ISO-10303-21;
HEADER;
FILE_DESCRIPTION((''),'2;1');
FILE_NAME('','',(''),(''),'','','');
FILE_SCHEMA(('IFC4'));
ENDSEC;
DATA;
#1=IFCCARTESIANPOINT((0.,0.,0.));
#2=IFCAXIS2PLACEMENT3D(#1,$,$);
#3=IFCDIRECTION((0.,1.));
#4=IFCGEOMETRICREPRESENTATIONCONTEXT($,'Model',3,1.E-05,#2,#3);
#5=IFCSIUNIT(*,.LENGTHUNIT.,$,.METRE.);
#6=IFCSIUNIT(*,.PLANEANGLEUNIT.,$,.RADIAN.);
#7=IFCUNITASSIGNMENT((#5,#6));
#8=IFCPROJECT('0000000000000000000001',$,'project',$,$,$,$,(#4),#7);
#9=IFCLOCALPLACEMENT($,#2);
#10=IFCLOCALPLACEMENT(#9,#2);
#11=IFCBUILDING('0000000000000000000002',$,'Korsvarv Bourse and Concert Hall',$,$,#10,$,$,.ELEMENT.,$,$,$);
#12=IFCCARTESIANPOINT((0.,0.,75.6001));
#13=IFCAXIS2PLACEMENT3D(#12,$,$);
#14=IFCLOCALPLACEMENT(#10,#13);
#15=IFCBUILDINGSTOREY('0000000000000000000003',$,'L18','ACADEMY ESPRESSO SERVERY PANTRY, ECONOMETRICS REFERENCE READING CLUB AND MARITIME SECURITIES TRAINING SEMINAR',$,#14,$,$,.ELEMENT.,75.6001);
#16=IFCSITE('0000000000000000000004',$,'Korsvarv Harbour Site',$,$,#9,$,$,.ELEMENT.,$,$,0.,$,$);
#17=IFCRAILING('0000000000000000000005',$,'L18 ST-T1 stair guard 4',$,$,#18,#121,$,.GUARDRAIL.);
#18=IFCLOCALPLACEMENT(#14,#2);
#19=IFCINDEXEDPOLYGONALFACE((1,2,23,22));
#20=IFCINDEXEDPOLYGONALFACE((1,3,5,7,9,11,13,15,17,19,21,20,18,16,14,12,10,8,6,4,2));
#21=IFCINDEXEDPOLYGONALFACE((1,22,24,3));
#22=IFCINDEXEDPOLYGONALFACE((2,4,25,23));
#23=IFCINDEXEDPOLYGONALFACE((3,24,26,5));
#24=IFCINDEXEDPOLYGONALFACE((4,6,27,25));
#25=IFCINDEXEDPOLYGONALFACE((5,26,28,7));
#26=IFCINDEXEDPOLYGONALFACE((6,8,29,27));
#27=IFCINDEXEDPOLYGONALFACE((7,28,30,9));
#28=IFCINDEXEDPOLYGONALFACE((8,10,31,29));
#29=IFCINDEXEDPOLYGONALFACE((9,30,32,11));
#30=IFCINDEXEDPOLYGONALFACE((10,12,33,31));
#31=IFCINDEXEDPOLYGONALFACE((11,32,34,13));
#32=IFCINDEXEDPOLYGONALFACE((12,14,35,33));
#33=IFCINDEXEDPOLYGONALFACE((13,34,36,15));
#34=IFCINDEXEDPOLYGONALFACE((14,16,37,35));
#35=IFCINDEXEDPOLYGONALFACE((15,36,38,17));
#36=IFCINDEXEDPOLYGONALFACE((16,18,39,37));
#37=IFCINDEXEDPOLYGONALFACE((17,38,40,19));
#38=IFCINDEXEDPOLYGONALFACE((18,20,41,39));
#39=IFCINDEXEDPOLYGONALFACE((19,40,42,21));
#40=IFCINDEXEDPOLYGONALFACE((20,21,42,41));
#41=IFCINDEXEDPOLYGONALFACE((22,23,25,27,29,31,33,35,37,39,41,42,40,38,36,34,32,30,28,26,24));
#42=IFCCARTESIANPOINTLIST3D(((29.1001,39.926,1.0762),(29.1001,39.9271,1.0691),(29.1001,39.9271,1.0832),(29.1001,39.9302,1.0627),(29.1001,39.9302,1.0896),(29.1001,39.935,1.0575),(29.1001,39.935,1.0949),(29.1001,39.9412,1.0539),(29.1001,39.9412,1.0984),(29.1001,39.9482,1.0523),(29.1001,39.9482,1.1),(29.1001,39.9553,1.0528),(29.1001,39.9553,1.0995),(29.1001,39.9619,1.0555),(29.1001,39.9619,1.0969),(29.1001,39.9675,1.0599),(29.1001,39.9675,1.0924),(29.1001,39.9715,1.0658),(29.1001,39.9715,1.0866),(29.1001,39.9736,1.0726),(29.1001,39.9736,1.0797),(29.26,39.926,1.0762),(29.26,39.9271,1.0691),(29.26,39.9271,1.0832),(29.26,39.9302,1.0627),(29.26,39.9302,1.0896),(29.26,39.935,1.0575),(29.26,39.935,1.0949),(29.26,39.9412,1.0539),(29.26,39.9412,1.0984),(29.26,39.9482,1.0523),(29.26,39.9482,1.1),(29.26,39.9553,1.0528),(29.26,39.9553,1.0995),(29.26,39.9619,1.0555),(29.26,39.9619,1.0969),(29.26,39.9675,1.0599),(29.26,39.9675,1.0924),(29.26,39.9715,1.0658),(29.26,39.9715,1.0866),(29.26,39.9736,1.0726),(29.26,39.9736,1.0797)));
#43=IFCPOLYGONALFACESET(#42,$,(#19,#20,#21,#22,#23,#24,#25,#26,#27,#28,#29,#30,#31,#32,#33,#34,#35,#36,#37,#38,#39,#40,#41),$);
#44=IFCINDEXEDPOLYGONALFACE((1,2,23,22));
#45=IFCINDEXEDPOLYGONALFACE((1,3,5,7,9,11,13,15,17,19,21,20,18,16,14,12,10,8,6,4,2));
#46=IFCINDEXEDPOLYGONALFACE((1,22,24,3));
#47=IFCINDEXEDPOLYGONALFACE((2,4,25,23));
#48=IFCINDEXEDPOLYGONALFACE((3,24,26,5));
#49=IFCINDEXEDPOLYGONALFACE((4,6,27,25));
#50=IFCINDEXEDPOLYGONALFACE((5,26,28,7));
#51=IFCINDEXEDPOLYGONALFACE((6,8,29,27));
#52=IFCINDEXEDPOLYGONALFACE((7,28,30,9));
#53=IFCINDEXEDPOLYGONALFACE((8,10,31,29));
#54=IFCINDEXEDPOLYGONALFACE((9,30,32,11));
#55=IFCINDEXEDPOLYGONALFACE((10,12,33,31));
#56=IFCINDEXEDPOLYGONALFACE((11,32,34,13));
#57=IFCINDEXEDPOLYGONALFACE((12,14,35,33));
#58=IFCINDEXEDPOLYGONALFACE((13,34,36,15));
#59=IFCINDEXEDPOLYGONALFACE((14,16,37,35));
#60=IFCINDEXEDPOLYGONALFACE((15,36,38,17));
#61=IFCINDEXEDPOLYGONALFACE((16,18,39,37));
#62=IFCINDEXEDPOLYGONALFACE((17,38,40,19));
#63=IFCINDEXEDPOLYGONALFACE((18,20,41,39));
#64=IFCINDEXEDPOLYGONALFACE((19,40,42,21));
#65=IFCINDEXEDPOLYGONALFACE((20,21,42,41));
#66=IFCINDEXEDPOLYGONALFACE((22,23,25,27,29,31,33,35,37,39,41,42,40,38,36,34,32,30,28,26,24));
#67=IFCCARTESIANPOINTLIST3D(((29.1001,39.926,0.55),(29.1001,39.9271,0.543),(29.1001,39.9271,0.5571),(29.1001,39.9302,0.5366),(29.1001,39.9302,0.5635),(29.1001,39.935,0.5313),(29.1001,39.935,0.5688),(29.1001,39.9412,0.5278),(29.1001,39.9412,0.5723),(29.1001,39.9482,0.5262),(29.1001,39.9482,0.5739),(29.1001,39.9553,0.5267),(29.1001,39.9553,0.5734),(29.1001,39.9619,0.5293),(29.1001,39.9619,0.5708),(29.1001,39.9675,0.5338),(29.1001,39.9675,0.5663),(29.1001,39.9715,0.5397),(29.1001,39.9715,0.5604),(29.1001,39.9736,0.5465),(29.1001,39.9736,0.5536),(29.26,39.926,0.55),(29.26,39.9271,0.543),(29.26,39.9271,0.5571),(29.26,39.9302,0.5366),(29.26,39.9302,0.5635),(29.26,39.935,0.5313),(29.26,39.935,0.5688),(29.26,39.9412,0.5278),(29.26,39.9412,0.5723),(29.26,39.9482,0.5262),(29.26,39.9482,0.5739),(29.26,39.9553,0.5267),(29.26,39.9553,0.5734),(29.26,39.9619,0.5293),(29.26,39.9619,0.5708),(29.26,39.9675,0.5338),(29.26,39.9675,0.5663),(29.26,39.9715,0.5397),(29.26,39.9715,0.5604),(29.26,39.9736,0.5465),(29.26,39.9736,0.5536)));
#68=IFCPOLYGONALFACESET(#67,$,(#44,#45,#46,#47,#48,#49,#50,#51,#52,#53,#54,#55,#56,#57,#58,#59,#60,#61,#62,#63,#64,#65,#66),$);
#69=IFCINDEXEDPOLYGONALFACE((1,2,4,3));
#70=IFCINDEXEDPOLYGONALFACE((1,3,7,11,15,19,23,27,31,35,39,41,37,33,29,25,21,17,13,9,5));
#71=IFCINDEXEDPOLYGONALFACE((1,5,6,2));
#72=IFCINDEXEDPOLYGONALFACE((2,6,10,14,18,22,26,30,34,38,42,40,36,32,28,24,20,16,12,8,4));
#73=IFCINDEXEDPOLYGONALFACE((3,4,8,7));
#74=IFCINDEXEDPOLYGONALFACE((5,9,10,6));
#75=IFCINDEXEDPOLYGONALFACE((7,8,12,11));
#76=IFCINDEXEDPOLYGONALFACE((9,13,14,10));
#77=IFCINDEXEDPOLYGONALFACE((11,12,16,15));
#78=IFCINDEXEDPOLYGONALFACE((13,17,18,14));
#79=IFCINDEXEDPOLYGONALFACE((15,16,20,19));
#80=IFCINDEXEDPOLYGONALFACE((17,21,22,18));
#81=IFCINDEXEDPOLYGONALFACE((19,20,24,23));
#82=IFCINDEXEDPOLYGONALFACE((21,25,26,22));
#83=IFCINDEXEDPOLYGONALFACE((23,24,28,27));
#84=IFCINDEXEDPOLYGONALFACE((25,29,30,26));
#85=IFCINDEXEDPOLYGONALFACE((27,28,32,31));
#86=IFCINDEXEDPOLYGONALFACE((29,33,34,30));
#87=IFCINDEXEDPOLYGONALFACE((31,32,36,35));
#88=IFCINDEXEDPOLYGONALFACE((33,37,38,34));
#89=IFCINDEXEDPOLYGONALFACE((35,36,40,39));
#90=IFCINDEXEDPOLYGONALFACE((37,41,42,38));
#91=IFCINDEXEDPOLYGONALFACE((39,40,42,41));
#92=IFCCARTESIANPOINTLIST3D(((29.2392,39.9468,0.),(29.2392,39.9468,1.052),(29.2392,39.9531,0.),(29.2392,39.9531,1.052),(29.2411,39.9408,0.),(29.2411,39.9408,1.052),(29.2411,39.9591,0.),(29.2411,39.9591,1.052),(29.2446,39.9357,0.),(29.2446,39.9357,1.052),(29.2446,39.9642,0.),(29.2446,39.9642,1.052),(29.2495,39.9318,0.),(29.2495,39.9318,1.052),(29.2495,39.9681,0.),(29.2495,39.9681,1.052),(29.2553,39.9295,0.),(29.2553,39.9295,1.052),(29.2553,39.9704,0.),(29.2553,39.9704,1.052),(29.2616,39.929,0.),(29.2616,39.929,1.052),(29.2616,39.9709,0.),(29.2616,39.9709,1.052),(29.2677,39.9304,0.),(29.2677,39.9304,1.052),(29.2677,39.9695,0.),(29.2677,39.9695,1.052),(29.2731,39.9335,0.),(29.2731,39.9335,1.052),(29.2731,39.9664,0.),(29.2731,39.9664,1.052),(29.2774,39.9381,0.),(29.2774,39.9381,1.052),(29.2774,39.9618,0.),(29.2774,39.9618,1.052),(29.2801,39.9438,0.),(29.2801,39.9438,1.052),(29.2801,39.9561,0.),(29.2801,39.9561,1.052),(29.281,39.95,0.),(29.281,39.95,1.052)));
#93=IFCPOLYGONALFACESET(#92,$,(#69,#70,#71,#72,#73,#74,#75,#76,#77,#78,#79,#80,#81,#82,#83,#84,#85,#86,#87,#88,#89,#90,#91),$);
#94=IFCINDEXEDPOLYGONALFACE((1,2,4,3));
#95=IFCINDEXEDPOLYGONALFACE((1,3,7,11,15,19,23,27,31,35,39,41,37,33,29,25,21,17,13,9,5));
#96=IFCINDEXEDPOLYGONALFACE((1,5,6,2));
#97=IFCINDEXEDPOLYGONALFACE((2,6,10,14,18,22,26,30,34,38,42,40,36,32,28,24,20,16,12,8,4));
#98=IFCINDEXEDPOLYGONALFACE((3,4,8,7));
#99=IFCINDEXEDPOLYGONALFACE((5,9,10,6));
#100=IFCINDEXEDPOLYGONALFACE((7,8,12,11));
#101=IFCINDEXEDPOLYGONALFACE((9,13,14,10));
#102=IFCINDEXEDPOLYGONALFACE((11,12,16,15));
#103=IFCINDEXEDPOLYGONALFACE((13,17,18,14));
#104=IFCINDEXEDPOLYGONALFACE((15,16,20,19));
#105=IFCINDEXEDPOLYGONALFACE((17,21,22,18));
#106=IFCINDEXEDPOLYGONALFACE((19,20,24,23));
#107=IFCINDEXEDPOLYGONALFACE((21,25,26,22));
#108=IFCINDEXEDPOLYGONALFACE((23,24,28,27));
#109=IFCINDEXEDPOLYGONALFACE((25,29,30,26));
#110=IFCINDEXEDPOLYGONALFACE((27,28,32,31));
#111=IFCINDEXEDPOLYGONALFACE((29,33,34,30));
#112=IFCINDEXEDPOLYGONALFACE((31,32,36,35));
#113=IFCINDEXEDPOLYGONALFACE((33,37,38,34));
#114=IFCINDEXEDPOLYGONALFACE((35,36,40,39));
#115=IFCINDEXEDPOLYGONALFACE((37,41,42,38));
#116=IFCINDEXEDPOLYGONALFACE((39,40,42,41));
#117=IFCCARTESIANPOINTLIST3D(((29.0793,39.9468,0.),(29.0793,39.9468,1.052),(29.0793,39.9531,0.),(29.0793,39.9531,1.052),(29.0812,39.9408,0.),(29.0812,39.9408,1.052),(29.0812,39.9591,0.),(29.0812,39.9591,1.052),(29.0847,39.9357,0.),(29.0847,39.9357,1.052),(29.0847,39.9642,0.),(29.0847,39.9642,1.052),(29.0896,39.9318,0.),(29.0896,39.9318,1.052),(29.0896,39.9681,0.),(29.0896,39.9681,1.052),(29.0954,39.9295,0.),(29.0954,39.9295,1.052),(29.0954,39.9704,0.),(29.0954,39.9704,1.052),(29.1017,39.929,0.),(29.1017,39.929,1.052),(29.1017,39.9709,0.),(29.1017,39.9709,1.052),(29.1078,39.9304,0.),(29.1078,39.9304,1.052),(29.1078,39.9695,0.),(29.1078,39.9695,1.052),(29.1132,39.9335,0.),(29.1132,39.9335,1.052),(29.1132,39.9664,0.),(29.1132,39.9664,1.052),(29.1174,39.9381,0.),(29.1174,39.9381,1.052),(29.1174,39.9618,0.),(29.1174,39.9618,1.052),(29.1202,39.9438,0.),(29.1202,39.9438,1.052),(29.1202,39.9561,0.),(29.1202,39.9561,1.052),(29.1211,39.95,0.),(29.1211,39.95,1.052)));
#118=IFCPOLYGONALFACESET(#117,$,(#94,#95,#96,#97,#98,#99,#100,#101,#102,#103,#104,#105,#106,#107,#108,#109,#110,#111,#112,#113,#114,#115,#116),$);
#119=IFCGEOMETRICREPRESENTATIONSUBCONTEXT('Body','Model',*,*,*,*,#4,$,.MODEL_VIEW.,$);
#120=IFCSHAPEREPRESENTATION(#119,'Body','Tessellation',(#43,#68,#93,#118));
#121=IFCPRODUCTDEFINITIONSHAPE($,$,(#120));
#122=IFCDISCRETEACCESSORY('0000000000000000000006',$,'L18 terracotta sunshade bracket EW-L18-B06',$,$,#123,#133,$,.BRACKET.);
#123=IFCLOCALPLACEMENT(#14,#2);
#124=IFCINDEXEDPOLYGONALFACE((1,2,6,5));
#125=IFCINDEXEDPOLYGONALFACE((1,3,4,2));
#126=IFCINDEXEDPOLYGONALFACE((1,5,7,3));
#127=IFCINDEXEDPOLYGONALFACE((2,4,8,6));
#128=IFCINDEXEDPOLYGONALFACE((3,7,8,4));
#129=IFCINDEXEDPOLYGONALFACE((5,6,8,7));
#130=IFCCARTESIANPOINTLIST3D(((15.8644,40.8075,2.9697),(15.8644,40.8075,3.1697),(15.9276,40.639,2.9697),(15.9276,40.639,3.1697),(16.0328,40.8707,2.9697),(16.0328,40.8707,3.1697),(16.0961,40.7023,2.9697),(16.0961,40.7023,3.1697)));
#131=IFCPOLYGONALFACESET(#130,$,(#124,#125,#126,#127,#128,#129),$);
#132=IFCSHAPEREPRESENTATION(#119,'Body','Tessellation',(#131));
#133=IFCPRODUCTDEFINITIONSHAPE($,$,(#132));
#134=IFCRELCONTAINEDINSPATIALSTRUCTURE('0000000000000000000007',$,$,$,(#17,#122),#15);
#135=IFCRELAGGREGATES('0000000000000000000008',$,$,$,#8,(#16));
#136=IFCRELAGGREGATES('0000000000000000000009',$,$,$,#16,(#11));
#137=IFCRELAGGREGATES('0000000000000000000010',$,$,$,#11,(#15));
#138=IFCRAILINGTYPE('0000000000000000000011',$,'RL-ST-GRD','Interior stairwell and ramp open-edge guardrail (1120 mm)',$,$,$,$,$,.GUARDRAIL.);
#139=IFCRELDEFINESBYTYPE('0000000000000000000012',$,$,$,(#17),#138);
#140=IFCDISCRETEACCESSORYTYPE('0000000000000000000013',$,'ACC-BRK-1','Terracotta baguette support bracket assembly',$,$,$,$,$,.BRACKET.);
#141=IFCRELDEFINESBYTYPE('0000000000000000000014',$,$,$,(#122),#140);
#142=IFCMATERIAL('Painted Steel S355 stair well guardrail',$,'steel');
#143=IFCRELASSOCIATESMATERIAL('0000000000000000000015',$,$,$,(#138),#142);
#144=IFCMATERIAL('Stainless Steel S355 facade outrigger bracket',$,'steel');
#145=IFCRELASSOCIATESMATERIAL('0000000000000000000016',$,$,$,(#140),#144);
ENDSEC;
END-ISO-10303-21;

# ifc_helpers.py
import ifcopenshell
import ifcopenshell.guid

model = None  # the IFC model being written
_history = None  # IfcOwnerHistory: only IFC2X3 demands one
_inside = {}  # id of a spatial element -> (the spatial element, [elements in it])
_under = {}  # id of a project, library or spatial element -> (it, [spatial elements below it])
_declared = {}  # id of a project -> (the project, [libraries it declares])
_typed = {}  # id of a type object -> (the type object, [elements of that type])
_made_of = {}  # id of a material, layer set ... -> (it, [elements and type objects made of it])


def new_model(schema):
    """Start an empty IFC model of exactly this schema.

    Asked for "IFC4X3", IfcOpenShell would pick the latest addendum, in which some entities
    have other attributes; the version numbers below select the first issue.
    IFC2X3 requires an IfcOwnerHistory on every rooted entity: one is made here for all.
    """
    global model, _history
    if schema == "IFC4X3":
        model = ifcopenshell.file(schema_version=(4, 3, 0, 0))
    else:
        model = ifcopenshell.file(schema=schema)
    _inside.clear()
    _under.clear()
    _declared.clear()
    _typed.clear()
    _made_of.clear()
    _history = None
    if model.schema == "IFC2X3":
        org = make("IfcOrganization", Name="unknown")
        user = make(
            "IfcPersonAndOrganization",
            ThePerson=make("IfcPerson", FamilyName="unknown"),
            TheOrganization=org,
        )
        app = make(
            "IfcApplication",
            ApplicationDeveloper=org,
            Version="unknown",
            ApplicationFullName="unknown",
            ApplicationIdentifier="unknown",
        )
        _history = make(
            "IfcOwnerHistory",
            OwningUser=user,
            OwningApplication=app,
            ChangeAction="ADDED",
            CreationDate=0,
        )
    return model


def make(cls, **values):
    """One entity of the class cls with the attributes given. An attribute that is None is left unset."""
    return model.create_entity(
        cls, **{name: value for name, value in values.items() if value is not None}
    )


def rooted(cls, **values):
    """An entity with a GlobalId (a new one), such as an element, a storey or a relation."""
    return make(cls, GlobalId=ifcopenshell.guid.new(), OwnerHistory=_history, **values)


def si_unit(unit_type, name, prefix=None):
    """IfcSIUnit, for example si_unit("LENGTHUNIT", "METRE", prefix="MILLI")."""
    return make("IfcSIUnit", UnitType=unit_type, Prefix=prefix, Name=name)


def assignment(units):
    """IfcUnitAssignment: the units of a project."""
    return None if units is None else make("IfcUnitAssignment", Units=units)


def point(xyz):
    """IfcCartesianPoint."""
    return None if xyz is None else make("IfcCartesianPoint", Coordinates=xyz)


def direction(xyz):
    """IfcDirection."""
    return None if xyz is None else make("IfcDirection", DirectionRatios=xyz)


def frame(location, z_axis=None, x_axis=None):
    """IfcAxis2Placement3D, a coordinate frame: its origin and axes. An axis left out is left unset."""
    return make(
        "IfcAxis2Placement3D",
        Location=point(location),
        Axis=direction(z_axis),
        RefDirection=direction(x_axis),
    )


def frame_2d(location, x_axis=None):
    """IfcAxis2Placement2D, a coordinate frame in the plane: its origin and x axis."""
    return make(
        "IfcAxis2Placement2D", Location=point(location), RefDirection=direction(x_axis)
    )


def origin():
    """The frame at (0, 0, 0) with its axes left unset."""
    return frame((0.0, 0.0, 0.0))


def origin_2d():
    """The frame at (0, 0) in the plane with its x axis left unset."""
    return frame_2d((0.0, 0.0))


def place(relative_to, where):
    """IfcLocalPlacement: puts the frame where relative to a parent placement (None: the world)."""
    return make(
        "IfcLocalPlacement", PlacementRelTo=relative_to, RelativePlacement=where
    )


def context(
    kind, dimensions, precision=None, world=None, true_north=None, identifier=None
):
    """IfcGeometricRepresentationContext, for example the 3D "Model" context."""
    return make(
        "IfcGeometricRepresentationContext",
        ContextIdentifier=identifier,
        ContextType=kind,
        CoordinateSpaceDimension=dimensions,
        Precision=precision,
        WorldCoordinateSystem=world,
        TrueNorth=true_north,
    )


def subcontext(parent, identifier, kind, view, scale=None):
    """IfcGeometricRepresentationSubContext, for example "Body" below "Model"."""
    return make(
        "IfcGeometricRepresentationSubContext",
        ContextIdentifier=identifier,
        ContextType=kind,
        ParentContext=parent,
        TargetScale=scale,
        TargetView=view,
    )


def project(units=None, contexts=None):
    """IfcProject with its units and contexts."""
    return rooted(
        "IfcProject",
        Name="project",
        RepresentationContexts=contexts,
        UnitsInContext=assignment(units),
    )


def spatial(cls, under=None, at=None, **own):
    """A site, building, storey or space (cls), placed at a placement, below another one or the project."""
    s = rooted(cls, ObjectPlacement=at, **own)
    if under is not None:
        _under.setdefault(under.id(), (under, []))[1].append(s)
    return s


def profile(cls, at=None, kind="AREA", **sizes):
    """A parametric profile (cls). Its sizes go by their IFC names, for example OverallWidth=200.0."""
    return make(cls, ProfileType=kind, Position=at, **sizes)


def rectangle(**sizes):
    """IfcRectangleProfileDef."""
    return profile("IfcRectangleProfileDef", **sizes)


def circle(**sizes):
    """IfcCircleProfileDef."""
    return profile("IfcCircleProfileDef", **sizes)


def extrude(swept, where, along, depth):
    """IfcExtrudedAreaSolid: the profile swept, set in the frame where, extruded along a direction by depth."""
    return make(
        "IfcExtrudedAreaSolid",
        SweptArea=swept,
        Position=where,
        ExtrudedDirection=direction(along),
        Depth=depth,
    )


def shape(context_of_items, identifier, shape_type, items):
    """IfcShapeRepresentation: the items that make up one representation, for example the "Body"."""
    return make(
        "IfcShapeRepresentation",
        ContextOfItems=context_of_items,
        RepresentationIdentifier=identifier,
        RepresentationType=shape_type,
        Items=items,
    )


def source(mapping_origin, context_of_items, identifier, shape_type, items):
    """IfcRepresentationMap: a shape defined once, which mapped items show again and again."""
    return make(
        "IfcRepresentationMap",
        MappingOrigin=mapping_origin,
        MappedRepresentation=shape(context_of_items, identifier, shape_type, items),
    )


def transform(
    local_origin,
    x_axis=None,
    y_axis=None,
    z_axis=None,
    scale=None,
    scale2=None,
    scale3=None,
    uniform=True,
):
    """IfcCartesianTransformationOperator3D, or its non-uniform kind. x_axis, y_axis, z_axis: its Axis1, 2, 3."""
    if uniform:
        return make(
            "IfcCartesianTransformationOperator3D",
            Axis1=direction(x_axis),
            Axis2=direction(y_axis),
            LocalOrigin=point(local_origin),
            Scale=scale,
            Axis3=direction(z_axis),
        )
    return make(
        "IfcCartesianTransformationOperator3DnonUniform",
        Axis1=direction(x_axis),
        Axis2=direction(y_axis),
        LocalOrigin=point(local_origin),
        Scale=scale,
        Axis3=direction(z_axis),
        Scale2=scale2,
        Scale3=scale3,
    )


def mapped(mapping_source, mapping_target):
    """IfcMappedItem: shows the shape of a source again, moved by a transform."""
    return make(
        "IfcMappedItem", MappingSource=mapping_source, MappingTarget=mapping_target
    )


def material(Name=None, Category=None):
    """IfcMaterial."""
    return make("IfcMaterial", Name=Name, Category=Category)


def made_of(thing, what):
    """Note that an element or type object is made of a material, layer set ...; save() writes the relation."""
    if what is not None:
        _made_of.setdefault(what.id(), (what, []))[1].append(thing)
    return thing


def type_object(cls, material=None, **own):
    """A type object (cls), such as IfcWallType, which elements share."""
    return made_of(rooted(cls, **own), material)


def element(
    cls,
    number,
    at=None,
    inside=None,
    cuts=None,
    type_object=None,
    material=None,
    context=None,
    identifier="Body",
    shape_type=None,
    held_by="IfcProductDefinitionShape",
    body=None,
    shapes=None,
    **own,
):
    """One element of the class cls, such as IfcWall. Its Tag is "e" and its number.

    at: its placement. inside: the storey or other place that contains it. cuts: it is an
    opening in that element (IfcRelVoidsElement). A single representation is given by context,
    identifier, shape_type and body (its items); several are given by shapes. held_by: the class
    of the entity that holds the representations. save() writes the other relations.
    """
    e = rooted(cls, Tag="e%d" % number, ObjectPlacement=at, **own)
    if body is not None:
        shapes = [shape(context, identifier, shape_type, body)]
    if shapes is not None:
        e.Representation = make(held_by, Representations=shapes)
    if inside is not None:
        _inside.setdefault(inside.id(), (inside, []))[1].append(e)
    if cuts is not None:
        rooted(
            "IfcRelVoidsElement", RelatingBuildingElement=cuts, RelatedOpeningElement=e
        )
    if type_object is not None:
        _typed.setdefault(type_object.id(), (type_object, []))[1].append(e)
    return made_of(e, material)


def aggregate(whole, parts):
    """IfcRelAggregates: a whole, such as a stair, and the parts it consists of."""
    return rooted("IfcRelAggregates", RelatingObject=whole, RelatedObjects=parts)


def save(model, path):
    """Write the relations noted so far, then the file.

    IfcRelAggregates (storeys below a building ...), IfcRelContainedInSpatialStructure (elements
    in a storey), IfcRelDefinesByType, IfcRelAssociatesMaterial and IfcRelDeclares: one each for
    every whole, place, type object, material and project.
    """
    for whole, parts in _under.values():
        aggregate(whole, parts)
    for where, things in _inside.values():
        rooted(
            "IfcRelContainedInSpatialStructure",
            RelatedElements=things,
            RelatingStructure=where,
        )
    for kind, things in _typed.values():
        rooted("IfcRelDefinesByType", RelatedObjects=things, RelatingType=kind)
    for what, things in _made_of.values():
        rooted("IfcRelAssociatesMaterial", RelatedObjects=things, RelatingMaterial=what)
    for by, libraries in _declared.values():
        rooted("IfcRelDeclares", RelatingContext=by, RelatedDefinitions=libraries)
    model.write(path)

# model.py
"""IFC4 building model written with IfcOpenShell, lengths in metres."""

from ifc_helpers import new_model, si_unit, direction, frame, origin, origin_2d, place, context, subcontext, project, spatial, rectangle, circle, extrude, source, transform, mapped, material, type_object, element, save


model = new_model("IFC4")

# Units and contexts
model_context = context("Model", 3, precision=1e-05, world=origin(), true_north=direction((0.0, 1.0)))
body_context = subcontext(model_context, "Body", "Model", "MODEL_VIEW")
ifc_project = project(units=[si_unit("LENGTHUNIT", "METRE"), si_unit("PLANEANGLEUNIT", "RADIAN")], contexts=[model_context])

# Site, building, storey
site_placement = place(None, origin())
site = spatial("IfcSite", under=ifc_project, at=site_placement, Name="Korsvarv Harbour Site", CompositionType="ELEMENT", RefElevation=0.0)
building_placement = place(site_placement, origin())
building = spatial("IfcBuilding", under=site, at=building_placement, Name="Korsvarv Bourse and Concert Hall", CompositionType="ELEMENT")
storey_placement = place(building_placement, frame((0.0, 0.0, 75.6001)))
storey = spatial("IfcBuildingStorey", under=building, at=storey_placement, Name="L18", Description="ACADEMY ESPRESSO SERVERY PANTRY, ECONOMETRICS REFERENCE READING CLUB AND MARITIME SECURITIES TRAINING SEMINAR", CompositionType="ELEMENT", Elevation=75.6001)

# Railing
ifc_material_1 = material(Name="Painted Steel S355 stair well guardrail", Category="steel")
railing_type = type_object("IfcRailingType", Name="RL-ST-GRD", Description="Interior stairwell and ramp open-edge guardrail (1120 mm)", PredefinedType="GUARDRAIL", material=ifc_material_1)
railing_1_placement = place(storey_placement, frame((29.26, 39.95, 0.0)))
element("IfcRailing", 1, at=railing_1_placement, inside=storey, type_object=railing_type, Name="L18 ST-T1 stair guard 4", PredefinedType="GUARDRAIL", context=body_context, shape_type="SweptSolid", body=[
    extrude(circle(Radius=0.0239, at=origin_2d()), frame((0.0, 0.0, 1.0762), z_axis=(-1.0, 0.0, 0.0), x_axis=(0.0, -1.0, 0.0)), (0.0, 0.0, 1.0), 0.1599),
    extrude(circle(Radius=0.0239, at=origin_2d()), frame((0.0, 0.0, 0.55), z_axis=(-1.0, 0.0, 0.0), x_axis=(0.0, -1.0, 0.0)), (0.0, 0.0, 1.0), 0.1599),
    extrude(circle(Radius=0.021, at=origin_2d()), origin(), (0.0, 0.0, 1.0), 1.052),
    extrude(circle(Radius=0.021, at=origin_2d()), frame((-0.1599, 0.0, 0.0)), (0.0, 0.0, 1.0), 1.052),
])

# Discrete accessory
ifc_material_2 = material(Name="Stainless Steel S355 facade outrigger bracket", Category="steel")
discrete_accessory_type = type_object("IfcDiscreteAccessoryType", Name="ACC-BRK-1", Description="Terracotta baguette support bracket assembly", PredefinedType="BRACKET", material=ifc_material_2)
shared_shape_1 = source(origin(), body_context, "Body", "SweptSolid", [
    extrude(rectangle(XDim=0.1799, YDim=0.1799, at=origin_2d()), origin(), (0.0, 0.0, 1.0), 0.2),
])
discrete_accessory_placement = place(storey_placement, frame((15.9802, 40.7549, 2.9697), z_axis=(0.0, 0.0, 1.0), x_axis=(0.351515, -0.936182, 0.0)))
element("IfcDiscreteAccessory", 2, at=discrete_accessory_placement, inside=storey, type_object=discrete_accessory_type, Name="L18 terracotta sunshade bracket EW-L18-B06", PredefinedType="BRACKET", context=body_context, shape_type="MappedRepresentation", body=[
    mapped(shared_shape_1, transform((0.0, 0.0, 0.0), scale=1.0)),
])

save(model, "model.ifc")
